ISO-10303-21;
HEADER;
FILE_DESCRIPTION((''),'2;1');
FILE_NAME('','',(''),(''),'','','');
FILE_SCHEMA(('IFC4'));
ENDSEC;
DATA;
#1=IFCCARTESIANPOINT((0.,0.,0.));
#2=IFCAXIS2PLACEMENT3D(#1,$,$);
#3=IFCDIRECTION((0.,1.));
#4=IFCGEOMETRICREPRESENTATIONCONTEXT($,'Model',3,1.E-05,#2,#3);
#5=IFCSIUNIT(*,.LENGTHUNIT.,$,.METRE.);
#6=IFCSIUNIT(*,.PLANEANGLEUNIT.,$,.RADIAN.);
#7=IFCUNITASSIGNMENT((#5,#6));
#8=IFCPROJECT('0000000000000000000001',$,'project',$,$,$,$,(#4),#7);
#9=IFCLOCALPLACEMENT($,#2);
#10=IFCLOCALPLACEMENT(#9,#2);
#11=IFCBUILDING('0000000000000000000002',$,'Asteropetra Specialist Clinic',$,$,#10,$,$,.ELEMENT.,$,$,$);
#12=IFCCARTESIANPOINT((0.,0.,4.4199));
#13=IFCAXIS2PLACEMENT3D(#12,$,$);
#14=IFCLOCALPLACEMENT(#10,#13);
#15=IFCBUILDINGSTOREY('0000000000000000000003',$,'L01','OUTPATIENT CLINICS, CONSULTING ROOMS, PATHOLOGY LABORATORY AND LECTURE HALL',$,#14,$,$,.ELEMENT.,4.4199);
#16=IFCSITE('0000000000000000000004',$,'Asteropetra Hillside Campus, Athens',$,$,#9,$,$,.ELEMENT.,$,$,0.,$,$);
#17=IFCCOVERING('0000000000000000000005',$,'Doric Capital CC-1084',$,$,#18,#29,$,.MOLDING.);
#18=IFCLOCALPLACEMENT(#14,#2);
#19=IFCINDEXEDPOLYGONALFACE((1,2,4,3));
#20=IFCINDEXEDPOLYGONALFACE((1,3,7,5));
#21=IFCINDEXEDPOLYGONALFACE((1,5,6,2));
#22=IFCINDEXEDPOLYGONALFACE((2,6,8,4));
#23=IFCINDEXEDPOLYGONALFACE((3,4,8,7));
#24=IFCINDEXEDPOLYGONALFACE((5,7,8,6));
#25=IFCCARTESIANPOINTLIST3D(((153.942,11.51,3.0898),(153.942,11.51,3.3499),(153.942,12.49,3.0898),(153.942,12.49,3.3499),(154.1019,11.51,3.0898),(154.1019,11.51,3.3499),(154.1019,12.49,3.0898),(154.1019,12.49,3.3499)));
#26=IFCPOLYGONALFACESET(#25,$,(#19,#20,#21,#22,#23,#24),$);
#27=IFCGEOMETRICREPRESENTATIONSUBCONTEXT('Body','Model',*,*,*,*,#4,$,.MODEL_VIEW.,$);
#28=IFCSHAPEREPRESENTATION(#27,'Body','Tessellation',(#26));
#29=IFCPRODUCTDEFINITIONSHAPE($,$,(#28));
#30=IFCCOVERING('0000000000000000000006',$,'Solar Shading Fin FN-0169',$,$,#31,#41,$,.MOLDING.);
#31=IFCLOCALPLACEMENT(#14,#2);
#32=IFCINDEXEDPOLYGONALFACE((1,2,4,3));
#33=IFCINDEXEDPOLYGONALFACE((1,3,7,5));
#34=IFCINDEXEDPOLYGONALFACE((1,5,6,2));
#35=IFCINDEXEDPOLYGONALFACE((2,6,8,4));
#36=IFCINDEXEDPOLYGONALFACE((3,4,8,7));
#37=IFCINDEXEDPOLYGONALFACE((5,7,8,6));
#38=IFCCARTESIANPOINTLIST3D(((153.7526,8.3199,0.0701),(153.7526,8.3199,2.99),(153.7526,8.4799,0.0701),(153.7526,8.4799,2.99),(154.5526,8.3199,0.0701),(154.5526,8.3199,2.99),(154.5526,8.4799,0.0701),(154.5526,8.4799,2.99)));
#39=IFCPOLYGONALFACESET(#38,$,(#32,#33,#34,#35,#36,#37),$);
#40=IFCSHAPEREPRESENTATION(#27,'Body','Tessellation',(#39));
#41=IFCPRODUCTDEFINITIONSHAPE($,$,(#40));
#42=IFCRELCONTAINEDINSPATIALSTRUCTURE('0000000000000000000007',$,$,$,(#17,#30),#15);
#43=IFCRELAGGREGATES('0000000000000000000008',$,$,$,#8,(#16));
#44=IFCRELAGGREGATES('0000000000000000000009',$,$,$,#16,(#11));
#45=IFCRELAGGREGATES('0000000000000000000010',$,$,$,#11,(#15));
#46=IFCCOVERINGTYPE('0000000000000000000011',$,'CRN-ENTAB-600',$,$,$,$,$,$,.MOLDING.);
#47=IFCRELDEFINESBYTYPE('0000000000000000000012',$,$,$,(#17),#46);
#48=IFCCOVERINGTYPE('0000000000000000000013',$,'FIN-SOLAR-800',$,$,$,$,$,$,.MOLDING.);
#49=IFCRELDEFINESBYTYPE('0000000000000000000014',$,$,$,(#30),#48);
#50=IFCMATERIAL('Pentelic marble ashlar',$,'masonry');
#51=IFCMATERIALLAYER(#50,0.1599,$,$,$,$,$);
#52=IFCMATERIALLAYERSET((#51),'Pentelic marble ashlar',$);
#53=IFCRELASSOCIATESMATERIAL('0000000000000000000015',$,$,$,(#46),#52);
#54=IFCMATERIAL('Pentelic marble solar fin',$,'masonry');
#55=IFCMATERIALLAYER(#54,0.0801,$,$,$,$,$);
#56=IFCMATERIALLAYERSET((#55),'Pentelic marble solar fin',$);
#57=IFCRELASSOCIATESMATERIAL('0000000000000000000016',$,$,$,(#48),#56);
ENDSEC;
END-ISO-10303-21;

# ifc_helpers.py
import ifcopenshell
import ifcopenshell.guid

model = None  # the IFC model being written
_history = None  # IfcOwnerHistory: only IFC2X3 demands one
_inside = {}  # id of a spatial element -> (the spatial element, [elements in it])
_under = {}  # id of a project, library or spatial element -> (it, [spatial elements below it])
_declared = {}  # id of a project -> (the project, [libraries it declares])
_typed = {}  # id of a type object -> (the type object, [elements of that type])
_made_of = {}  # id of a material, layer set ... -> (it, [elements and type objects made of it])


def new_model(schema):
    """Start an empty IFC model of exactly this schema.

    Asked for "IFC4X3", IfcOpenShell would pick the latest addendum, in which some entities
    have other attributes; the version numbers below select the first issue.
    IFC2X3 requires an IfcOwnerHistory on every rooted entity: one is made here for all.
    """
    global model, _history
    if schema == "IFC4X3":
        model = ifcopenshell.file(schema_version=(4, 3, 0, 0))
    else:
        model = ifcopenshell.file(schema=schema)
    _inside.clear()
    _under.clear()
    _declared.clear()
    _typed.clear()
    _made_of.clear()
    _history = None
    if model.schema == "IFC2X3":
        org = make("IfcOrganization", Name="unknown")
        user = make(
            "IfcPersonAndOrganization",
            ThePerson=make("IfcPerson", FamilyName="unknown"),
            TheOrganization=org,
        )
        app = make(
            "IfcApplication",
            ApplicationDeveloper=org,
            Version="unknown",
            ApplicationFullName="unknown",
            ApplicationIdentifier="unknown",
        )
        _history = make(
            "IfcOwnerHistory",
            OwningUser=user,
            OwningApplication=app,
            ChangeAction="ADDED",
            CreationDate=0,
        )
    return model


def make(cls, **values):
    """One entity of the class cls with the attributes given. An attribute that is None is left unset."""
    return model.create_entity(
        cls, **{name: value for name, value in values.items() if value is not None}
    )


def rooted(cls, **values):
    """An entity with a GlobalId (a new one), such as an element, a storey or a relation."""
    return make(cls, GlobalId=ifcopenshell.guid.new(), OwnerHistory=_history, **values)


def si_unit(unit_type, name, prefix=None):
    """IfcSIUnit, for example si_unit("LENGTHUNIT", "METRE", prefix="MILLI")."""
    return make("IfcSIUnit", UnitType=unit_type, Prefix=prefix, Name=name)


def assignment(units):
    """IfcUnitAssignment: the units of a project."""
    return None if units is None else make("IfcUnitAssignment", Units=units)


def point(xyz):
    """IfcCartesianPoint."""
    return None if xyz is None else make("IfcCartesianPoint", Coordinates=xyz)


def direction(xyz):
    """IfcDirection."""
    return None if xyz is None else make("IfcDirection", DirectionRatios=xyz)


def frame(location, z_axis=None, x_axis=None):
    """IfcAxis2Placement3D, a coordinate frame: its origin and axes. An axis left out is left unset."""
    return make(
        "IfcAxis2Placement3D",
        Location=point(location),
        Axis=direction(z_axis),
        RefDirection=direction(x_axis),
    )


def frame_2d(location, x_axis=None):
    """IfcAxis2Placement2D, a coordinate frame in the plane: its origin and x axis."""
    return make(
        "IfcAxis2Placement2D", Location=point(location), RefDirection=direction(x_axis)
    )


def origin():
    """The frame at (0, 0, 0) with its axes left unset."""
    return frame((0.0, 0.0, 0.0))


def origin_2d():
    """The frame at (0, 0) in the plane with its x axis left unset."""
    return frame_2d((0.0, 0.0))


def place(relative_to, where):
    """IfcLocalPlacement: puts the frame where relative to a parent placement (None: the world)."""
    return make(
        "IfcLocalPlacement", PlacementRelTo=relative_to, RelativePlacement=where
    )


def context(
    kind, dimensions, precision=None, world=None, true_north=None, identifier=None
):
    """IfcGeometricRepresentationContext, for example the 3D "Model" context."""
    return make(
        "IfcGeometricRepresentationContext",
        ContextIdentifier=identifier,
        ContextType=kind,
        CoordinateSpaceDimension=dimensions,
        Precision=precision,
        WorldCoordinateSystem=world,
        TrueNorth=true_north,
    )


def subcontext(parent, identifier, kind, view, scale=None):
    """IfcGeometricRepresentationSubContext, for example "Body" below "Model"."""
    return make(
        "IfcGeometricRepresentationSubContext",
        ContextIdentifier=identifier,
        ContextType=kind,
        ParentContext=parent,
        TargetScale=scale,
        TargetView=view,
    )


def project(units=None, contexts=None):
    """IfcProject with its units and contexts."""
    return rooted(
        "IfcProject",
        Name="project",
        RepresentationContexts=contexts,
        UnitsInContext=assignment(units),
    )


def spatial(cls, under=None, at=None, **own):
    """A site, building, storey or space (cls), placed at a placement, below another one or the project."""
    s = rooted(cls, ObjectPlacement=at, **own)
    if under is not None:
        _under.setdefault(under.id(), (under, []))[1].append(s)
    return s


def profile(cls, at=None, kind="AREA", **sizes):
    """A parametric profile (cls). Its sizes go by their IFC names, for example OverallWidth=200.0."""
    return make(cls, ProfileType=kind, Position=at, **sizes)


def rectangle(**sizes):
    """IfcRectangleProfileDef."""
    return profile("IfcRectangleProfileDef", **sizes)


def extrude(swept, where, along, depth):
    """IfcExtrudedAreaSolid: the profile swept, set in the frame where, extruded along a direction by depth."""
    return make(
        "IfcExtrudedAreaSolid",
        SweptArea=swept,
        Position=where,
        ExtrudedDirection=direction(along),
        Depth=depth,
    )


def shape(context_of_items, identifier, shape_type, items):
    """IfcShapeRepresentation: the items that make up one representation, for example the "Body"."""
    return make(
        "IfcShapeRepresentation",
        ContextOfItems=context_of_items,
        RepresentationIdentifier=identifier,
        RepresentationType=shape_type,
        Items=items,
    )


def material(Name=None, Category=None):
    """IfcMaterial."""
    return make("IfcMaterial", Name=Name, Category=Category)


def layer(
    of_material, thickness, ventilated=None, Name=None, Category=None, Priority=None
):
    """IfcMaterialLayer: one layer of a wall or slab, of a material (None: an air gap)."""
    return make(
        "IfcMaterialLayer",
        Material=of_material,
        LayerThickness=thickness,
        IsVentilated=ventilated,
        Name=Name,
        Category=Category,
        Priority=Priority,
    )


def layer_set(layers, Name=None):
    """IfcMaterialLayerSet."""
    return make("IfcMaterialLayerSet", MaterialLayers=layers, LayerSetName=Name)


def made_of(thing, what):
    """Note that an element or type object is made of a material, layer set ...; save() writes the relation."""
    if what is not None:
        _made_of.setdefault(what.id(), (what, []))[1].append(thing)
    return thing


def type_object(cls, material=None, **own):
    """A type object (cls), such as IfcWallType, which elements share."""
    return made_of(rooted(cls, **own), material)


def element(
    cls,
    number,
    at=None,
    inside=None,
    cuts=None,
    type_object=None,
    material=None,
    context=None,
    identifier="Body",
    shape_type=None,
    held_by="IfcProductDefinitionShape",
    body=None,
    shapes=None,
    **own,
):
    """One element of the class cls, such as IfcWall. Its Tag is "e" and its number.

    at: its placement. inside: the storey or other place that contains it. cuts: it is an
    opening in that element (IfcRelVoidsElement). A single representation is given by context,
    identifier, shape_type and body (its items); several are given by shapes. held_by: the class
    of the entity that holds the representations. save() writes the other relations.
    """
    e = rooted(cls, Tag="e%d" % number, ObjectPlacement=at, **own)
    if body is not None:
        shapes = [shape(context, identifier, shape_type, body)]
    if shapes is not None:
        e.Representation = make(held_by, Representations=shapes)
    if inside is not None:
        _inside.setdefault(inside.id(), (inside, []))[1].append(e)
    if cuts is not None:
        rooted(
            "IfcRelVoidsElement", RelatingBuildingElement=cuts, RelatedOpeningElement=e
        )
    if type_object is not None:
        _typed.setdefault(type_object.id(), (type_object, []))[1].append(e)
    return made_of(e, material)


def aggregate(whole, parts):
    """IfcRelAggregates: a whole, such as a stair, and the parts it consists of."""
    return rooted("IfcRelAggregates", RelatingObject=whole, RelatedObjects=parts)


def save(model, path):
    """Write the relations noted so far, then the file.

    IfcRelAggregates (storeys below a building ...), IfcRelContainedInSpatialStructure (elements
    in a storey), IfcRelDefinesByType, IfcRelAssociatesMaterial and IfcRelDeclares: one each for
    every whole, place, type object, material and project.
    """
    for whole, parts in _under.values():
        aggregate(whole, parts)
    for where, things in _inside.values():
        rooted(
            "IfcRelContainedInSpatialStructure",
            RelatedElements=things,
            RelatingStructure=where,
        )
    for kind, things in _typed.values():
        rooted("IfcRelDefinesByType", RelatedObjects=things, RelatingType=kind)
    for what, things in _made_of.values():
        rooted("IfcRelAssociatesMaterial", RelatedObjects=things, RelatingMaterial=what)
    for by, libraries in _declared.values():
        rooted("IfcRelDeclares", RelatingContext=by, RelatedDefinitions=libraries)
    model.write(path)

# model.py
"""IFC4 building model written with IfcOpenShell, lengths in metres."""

from ifc_helpers import new_model, si_unit, direction, frame, origin, origin_2d, place, context, subcontext, project, spatial, rectangle, extrude, material, layer, layer_set, type_object, element, save


model = new_model("IFC4")

# Units and contexts
model_context = context("Model", 3, precision=1e-05, world=origin(), true_north=direction((0.0, 1.0)))
body_context = subcontext(model_context, "Body", "Model", "MODEL_VIEW")
ifc_project = project(units=[si_unit("LENGTHUNIT", "METRE"), si_unit("PLANEANGLEUNIT", "RADIAN")], contexts=[model_context])

# Site, building, storey
site_placement = place(None, origin())
site = spatial("IfcSite", under=ifc_project, at=site_placement, Name="Asteropetra Hillside Campus, Athens", CompositionType="ELEMENT", RefElevation=0.0)
building_placement = place(site_placement, origin())
building = spatial("IfcBuilding", under=site, at=building_placement, Name="Asteropetra Specialist Clinic", CompositionType="ELEMENT")
storey_placement = place(building_placement, frame((0.0, 0.0, 4.4199)))
storey = spatial("IfcBuildingStorey", under=building, at=storey_placement, Name="L01", Description="OUTPATIENT CLINICS, CONSULTING ROOMS, PATHOLOGY LABORATORY AND LECTURE HALL", CompositionType="ELEMENT", Elevation=4.4199)

# Coverings
ifc_material_1 = material(Name="Pentelic marble ashlar", Category="masonry")
ifc_layer_1 = layer(ifc_material_1, 0.1599)
ifc_layer_set_1 = layer_set([ifc_layer_1], Name="Pentelic marble ashlar")
covering_type_1 = type_object("IfcCoveringType", Name="CRN-ENTAB-600", PredefinedType="MOLDING", material=ifc_layer_set_1)
for number, where, z_axis, x_axis, name in (
    (1, (154.022, 12.0, 3.0898), (0.0, 0.0, 1.0), (1.0, 0.0, 0.0), "Doric Capital CC-1084"),
):
    element("IfcCovering", number, at=place(storey_placement, frame(where, z_axis=z_axis, x_axis=x_axis)), inside=storey, type_object=covering_type_1, Name=name, PredefinedType="MOLDING", context=body_context, shape_type="SweptSolid", body=[
        extrude(rectangle(XDim=0.1599, YDim=0.98, at=origin_2d()), origin(), (0.0, 0.0, 1.0), 0.26),
    ])
ifc_material_2 = material(Name="Pentelic marble solar fin", Category="masonry")
ifc_layer_2 = layer(ifc_material_2, 0.0801)
ifc_layer_set_2 = layer_set([ifc_layer_2], Name="Pentelic marble solar fin")
covering_type_2 = type_object("IfcCoveringType", Name="FIN-SOLAR-800", PredefinedType="MOLDING", material=ifc_layer_set_2)
covering_1_placement = place(storey_placement, frame((154.1526, 8.3999, 0.0701), z_axis=(0.0, 0.0, 1.0), x_axis=(1.0, 0.0, 0.0)))
element("IfcCovering", 2, at=covering_1_placement, inside=storey, type_object=covering_type_2, Name="Solar Shading Fin FN-0169", PredefinedType="MOLDING", context=body_context, shape_type="SweptSolid", body=[
    extrude(rectangle(XDim=0.8, YDim=0.1599, at=origin_2d()), origin(), (0.0, 0.0, 1.0), 2.9199),
])

save(model, "model.ifc")
